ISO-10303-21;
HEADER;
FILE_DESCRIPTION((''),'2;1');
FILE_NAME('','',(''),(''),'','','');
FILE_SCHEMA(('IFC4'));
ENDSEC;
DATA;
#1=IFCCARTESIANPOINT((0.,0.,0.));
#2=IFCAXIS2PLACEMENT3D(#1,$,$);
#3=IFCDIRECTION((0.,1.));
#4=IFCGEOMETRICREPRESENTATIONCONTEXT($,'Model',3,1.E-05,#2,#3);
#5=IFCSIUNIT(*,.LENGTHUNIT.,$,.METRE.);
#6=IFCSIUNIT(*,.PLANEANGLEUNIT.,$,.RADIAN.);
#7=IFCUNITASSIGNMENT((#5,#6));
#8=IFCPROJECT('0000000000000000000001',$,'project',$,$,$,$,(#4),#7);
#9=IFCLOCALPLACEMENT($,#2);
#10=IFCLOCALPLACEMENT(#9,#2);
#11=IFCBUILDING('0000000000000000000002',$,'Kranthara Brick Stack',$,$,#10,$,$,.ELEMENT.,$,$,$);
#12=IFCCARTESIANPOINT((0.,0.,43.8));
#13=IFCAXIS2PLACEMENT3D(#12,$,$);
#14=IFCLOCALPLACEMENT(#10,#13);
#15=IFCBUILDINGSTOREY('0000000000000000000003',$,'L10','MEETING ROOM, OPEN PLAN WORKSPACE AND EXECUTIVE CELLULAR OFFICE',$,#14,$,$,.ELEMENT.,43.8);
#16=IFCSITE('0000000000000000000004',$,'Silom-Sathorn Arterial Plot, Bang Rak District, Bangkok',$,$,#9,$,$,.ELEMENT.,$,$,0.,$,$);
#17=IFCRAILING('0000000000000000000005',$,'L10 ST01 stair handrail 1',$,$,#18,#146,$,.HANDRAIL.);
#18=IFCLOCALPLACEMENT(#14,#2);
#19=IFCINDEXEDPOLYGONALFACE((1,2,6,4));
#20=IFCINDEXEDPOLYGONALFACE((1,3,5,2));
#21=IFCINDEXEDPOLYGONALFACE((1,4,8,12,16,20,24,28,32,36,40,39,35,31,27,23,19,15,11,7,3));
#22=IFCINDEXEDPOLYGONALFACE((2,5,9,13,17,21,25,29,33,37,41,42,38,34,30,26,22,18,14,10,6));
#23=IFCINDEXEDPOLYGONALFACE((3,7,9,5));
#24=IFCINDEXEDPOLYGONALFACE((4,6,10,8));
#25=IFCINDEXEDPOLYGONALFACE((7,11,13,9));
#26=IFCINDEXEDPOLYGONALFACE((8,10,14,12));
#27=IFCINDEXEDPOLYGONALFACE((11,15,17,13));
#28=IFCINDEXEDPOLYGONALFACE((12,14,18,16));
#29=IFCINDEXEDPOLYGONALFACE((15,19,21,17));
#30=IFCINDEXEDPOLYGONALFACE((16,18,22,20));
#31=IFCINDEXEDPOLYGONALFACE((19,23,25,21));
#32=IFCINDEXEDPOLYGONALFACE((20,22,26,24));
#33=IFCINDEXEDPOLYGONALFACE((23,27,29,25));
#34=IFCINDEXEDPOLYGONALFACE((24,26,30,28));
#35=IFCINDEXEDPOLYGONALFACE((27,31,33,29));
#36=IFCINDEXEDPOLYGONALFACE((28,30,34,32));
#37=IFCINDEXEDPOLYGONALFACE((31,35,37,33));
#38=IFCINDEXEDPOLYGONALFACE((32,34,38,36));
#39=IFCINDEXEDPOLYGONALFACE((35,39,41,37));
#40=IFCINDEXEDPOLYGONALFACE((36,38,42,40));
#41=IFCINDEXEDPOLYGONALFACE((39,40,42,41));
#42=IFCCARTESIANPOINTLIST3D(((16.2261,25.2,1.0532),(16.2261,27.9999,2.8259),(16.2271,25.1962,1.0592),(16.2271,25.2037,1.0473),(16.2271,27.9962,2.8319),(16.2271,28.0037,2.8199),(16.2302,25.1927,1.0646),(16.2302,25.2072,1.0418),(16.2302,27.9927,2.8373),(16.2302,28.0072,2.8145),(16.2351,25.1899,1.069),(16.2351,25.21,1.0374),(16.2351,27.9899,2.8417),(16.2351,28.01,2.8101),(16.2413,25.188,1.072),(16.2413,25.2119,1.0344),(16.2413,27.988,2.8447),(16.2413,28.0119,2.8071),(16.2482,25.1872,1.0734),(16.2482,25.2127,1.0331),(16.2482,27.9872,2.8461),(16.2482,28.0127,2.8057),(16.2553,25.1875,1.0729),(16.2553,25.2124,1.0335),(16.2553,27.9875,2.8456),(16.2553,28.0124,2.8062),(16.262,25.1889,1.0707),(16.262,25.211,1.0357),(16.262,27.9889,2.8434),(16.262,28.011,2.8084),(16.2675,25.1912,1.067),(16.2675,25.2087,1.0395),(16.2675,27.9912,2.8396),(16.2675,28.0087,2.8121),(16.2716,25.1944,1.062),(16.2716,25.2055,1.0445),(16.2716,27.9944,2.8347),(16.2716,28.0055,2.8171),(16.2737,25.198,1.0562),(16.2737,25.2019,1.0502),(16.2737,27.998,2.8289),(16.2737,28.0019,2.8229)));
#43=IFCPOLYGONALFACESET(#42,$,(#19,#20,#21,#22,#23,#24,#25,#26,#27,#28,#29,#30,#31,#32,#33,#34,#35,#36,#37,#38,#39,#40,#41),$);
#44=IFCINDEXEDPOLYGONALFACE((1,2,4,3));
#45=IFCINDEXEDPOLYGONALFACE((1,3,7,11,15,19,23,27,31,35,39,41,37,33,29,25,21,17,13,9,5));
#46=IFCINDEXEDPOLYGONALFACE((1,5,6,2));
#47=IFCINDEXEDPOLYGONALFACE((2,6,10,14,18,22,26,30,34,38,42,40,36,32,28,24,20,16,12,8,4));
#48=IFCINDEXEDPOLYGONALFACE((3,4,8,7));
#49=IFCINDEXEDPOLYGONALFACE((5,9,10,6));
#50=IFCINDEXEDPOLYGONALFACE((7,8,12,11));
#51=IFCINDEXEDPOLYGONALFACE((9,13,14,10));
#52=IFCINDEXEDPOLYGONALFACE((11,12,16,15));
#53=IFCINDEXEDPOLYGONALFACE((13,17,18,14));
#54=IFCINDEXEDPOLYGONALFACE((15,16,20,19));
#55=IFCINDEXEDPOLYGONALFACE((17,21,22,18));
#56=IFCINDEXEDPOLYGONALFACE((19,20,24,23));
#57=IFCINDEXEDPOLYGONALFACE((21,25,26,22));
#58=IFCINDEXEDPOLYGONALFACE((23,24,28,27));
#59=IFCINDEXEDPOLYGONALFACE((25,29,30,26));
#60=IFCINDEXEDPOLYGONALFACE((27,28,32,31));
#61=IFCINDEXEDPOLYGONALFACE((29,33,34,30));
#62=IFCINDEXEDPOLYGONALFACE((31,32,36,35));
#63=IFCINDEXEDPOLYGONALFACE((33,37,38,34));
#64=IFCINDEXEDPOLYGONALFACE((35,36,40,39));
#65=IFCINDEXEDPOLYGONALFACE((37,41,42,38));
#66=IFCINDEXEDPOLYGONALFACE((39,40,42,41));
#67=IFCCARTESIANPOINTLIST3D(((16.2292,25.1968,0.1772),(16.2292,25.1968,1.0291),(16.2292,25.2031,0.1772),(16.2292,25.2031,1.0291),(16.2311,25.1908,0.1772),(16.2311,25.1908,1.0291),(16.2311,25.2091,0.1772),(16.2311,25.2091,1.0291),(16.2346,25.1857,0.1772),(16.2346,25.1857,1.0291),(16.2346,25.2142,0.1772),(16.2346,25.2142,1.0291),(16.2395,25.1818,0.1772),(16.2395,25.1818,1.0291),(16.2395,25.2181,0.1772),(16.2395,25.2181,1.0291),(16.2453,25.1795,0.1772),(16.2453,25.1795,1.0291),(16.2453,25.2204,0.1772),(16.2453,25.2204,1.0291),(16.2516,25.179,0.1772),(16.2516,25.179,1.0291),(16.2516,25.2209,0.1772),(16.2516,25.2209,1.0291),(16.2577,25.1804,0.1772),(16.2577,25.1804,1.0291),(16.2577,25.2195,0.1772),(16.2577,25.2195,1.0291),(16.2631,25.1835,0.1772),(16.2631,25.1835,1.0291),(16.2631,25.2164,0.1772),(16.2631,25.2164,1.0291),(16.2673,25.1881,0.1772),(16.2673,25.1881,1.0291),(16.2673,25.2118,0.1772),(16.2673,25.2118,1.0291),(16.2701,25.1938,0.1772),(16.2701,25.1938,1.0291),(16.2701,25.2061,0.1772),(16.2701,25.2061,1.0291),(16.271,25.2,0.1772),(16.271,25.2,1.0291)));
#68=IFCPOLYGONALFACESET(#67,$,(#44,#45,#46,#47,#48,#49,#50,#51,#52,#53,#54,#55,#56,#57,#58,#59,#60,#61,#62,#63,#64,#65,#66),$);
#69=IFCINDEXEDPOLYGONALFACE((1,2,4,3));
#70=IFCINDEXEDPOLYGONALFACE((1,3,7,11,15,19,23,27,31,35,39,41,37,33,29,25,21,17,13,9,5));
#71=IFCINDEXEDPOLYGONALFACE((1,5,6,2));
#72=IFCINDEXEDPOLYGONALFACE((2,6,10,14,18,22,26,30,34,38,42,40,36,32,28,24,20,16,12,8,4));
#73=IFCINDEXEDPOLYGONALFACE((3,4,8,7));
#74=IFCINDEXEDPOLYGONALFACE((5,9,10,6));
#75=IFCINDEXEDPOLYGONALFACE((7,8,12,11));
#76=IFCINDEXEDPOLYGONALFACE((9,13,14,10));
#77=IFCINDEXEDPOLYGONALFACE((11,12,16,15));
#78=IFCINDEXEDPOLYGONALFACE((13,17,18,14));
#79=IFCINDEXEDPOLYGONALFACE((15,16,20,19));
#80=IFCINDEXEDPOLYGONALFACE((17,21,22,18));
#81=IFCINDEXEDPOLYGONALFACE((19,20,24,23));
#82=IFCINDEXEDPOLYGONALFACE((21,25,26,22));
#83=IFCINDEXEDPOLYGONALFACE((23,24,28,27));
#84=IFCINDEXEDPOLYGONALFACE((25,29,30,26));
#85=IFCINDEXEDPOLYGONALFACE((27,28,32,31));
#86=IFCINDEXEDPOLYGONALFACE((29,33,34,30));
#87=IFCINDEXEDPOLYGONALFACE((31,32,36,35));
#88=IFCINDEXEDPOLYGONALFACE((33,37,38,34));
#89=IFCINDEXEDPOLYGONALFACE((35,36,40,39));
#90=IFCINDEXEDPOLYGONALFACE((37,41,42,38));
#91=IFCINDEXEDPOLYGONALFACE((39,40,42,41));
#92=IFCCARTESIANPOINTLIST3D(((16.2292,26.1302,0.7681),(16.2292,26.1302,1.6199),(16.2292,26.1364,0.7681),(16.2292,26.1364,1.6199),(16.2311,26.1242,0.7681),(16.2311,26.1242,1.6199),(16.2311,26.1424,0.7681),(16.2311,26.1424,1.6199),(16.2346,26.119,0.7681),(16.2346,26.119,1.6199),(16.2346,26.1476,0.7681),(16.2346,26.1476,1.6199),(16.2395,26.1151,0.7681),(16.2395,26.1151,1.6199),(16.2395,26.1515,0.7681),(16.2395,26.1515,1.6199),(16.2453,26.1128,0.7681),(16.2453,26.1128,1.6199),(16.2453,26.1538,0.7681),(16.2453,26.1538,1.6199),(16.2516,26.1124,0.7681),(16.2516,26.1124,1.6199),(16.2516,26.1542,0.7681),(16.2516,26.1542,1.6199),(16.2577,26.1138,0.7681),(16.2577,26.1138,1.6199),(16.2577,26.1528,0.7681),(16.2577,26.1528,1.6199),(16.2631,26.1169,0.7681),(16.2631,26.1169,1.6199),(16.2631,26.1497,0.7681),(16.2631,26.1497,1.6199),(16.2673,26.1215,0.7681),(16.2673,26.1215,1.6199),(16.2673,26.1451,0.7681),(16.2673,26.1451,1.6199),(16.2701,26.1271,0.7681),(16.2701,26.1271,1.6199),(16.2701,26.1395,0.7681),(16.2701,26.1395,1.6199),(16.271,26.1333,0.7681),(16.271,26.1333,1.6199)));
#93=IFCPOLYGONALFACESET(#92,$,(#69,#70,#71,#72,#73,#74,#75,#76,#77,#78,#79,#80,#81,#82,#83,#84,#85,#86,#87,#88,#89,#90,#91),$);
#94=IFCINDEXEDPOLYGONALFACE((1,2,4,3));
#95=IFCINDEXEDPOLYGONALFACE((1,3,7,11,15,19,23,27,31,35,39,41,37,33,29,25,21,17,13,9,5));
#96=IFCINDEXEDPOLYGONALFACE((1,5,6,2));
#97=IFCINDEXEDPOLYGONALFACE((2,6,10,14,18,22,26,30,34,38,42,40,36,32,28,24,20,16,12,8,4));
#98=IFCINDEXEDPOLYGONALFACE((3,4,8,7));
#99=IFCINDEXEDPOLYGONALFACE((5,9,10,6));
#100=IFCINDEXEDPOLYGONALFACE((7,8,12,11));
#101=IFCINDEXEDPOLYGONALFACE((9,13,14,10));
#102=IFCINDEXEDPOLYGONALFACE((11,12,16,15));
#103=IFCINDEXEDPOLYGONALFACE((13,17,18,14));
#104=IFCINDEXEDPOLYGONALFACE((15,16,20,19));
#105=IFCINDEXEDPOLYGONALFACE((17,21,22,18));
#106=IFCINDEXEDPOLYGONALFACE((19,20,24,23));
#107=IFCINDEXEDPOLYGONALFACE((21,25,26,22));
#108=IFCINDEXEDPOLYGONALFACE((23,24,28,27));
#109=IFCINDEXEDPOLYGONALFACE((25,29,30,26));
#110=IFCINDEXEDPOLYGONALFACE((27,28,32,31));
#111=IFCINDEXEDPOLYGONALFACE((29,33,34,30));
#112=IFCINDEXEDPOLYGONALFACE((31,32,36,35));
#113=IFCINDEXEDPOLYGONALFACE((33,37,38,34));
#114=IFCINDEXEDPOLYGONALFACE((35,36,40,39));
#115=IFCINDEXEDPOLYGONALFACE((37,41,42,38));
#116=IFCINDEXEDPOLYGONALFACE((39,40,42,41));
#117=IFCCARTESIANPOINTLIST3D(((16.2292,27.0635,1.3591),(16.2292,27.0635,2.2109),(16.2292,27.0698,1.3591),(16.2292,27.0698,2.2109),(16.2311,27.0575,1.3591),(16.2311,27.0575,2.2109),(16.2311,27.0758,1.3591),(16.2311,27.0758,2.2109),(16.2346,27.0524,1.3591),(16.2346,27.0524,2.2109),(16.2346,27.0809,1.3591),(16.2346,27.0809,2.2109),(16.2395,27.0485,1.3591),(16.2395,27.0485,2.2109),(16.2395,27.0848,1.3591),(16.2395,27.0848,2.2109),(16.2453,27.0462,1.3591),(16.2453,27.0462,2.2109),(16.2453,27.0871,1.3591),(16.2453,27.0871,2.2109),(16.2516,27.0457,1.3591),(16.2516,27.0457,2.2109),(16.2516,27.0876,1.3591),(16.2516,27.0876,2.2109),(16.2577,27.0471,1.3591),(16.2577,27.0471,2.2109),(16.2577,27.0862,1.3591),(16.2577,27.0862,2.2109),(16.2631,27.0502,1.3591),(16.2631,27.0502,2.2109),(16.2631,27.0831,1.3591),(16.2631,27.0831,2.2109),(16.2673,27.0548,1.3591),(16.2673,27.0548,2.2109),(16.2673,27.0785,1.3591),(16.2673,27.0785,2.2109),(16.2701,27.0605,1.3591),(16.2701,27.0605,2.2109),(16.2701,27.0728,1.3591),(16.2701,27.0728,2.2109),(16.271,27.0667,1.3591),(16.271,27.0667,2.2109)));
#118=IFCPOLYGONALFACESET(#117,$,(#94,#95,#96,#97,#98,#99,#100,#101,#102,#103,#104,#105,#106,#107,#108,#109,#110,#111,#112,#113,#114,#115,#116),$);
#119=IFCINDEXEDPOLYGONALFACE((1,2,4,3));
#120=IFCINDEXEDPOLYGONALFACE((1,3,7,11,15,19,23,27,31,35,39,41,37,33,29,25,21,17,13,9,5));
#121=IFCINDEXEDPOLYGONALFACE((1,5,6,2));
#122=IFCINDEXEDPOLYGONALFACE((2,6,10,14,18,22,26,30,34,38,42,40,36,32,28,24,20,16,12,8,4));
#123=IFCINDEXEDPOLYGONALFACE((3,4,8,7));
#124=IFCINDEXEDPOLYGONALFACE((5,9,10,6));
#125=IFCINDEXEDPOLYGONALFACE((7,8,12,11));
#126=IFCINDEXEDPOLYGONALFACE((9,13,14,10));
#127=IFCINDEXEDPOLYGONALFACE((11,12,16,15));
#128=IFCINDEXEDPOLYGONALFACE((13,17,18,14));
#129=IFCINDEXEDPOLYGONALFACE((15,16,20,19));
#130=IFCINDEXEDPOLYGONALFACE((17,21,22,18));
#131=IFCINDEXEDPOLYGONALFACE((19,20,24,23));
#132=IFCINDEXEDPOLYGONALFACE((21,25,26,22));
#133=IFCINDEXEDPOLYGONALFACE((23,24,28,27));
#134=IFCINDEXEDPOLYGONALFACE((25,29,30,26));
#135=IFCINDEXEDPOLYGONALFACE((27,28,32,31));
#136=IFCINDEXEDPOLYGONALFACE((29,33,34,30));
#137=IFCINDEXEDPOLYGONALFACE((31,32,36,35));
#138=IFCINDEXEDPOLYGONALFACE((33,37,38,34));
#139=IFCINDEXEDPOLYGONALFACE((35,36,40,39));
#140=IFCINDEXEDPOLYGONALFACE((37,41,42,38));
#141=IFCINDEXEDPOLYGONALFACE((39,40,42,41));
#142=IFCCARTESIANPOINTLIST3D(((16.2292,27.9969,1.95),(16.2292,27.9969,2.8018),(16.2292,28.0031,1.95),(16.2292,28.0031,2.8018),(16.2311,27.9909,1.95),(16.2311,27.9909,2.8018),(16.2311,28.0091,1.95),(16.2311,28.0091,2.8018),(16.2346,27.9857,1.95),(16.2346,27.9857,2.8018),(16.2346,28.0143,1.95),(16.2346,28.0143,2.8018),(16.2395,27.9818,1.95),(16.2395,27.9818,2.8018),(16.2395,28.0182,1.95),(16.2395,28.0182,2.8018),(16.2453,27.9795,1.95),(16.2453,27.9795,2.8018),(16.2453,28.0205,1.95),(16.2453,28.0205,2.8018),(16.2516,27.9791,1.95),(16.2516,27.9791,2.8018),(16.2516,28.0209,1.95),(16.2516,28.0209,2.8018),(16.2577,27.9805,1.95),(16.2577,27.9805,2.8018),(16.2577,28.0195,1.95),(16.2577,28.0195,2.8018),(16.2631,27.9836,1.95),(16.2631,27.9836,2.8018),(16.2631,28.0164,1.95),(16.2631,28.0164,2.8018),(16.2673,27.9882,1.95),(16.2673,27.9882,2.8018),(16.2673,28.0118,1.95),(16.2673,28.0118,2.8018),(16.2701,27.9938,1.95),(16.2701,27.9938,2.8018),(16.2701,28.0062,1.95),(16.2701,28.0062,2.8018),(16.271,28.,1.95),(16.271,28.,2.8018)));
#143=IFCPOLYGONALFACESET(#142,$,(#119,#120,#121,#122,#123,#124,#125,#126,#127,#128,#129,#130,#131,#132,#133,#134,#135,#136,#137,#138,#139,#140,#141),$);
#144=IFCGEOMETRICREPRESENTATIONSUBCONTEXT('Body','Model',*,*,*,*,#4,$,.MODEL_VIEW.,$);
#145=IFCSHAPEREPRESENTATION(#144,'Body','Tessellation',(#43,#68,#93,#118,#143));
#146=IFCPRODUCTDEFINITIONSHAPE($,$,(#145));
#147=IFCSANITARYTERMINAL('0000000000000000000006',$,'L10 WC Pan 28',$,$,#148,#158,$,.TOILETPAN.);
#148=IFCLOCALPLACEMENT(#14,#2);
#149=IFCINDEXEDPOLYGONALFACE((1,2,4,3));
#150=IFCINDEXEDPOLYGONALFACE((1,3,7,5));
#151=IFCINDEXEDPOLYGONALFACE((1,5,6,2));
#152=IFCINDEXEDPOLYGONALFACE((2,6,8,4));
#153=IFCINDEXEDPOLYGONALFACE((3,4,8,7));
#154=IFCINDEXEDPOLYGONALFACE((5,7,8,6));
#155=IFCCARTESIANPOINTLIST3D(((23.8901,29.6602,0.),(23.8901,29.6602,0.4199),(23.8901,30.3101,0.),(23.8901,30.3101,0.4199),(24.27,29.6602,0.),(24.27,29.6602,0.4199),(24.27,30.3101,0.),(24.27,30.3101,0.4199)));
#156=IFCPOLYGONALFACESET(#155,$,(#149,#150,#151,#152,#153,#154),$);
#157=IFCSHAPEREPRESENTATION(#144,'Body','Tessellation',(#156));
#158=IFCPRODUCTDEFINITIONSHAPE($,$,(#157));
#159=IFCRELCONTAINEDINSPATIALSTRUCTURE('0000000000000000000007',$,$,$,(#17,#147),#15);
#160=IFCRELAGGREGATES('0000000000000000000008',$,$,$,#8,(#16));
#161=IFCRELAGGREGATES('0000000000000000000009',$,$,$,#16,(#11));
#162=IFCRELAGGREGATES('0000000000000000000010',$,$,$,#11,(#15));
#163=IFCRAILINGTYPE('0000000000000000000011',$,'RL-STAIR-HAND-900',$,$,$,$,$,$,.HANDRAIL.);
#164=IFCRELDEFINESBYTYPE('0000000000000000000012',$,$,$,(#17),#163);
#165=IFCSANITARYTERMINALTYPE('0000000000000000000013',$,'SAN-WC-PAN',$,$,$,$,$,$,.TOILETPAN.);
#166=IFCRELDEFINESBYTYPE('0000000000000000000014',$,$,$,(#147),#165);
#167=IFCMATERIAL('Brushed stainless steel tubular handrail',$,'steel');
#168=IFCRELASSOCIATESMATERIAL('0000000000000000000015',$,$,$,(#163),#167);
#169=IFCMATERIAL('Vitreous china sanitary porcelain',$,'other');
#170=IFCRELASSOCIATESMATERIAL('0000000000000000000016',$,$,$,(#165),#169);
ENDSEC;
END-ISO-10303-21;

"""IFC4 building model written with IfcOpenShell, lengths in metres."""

from ifc_helpers import new_model, si_unit, direction, frame, origin, origin_2d, place, context, subcontext, project, spatial, rectangle, circle, extrude, material, type_object, element, save


model = new_model("IFC4")

# Units and contexts
model_context = context("Model", 3, precision=1e-05, world=origin(), true_north=direction((0.0, 1.0)))
body_context = subcontext(model_context, "Body", "Model", "MODEL_VIEW")
ifc_project = project(units=[si_unit("LENGTHUNIT", "METRE"), si_unit("PLANEANGLEUNIT", "RADIAN")], contexts=[model_context])

# Site, building, storey
site_placement = place(None, origin())
site = spatial("IfcSite", under=ifc_project, at=site_placement, Name="Silom-Sathorn Arterial Plot, Bang Rak District, Bangkok", CompositionType="ELEMENT", RefElevation=0.0)
building_placement = place(site_placement, origin())
building = spatial("IfcBuilding", under=site, at=building_placement, Name="Kranthara Brick Stack", CompositionType="ELEMENT")
storey_placement = place(building_placement, frame((0.0, 0.0, 43.8)))
storey = spatial("IfcBuildingStorey", under=building, at=storey_placement, Name="L10", Description="MEETING ROOM, OPEN PLAN WORKSPACE AND EXECUTIVE CELLULAR OFFICE", CompositionType="ELEMENT", Elevation=43.8)

# Railing
ifc_material_1 = material(Name="Brushed stainless steel tubular handrail", Category="steel")
railing_type = type_object("IfcRailingType", Name="RL-STAIR-HAND-900", PredefinedType="HANDRAIL", material=ifc_material_1)
railing_placement = place(storey_placement, frame((16.25, 25.2, 0.1772)))
element("IfcRailing", 1, at=railing_placement, inside=storey, type_object=railing_type, Name="L10 ST01 stair handrail 1", PredefinedType="HANDRAIL", context=body_context, shape_type="SweptSolid", body=[
    extrude(circle(Radius=0.0239, at=origin_2d()), frame((0.0, 0.0, 0.876), z_axis=(0.0, 0.844909, 0.53491), x_axis=(-1.0, 0.0, 0.0)), (0.0, 0.0, 1.0), 3.314),
    extrude(circle(Radius=0.021, at=origin_2d()), origin(), (0.0, 0.0, 1.0), 0.8518),
    extrude(circle(Radius=0.021, at=origin_2d()), frame((0.0, 0.9333, 0.5908)), (0.0, 0.0, 1.0), 0.8518),
    extrude(circle(Radius=0.021, at=origin_2d()), frame((0.0, 1.8667, 1.1819)), (0.0, 0.0, 1.0), 0.8518),
    extrude(circle(Radius=0.021, at=origin_2d()), frame((0.0, 2.8, 1.7727)), (0.0, 0.0, 1.0), 0.8518),
])

# Sanitary terminal
ifc_material_2 = material(Name="Vitreous china sanitary porcelain", Category="other")
sanitary_terminal_type = type_object("IfcSanitaryTerminalType", Name="SAN-WC-PAN", PredefinedType="TOILETPAN", material=ifc_material_2)
sanitary_terminal_placement = place(storey_placement, frame((24.0801, 29.9851, 0.0), z_axis=(0.0, 0.0, 1.0), x_axis=(1.0, 0.0, 0.0)))
element("IfcSanitaryTerminal", 2, at=sanitary_terminal_placement, inside=storey, type_object=sanitary_terminal_type, Name="L10 WC Pan 28", PredefinedType="TOILETPAN", context=body_context, shape_type="SweptSolid", body=[
    extrude(rectangle(XDim=0.3799, YDim=0.6499, at=origin_2d()), origin(), (0.0, 0.0, 1.0), 0.4199),
])

save(model, "model.ifc")
